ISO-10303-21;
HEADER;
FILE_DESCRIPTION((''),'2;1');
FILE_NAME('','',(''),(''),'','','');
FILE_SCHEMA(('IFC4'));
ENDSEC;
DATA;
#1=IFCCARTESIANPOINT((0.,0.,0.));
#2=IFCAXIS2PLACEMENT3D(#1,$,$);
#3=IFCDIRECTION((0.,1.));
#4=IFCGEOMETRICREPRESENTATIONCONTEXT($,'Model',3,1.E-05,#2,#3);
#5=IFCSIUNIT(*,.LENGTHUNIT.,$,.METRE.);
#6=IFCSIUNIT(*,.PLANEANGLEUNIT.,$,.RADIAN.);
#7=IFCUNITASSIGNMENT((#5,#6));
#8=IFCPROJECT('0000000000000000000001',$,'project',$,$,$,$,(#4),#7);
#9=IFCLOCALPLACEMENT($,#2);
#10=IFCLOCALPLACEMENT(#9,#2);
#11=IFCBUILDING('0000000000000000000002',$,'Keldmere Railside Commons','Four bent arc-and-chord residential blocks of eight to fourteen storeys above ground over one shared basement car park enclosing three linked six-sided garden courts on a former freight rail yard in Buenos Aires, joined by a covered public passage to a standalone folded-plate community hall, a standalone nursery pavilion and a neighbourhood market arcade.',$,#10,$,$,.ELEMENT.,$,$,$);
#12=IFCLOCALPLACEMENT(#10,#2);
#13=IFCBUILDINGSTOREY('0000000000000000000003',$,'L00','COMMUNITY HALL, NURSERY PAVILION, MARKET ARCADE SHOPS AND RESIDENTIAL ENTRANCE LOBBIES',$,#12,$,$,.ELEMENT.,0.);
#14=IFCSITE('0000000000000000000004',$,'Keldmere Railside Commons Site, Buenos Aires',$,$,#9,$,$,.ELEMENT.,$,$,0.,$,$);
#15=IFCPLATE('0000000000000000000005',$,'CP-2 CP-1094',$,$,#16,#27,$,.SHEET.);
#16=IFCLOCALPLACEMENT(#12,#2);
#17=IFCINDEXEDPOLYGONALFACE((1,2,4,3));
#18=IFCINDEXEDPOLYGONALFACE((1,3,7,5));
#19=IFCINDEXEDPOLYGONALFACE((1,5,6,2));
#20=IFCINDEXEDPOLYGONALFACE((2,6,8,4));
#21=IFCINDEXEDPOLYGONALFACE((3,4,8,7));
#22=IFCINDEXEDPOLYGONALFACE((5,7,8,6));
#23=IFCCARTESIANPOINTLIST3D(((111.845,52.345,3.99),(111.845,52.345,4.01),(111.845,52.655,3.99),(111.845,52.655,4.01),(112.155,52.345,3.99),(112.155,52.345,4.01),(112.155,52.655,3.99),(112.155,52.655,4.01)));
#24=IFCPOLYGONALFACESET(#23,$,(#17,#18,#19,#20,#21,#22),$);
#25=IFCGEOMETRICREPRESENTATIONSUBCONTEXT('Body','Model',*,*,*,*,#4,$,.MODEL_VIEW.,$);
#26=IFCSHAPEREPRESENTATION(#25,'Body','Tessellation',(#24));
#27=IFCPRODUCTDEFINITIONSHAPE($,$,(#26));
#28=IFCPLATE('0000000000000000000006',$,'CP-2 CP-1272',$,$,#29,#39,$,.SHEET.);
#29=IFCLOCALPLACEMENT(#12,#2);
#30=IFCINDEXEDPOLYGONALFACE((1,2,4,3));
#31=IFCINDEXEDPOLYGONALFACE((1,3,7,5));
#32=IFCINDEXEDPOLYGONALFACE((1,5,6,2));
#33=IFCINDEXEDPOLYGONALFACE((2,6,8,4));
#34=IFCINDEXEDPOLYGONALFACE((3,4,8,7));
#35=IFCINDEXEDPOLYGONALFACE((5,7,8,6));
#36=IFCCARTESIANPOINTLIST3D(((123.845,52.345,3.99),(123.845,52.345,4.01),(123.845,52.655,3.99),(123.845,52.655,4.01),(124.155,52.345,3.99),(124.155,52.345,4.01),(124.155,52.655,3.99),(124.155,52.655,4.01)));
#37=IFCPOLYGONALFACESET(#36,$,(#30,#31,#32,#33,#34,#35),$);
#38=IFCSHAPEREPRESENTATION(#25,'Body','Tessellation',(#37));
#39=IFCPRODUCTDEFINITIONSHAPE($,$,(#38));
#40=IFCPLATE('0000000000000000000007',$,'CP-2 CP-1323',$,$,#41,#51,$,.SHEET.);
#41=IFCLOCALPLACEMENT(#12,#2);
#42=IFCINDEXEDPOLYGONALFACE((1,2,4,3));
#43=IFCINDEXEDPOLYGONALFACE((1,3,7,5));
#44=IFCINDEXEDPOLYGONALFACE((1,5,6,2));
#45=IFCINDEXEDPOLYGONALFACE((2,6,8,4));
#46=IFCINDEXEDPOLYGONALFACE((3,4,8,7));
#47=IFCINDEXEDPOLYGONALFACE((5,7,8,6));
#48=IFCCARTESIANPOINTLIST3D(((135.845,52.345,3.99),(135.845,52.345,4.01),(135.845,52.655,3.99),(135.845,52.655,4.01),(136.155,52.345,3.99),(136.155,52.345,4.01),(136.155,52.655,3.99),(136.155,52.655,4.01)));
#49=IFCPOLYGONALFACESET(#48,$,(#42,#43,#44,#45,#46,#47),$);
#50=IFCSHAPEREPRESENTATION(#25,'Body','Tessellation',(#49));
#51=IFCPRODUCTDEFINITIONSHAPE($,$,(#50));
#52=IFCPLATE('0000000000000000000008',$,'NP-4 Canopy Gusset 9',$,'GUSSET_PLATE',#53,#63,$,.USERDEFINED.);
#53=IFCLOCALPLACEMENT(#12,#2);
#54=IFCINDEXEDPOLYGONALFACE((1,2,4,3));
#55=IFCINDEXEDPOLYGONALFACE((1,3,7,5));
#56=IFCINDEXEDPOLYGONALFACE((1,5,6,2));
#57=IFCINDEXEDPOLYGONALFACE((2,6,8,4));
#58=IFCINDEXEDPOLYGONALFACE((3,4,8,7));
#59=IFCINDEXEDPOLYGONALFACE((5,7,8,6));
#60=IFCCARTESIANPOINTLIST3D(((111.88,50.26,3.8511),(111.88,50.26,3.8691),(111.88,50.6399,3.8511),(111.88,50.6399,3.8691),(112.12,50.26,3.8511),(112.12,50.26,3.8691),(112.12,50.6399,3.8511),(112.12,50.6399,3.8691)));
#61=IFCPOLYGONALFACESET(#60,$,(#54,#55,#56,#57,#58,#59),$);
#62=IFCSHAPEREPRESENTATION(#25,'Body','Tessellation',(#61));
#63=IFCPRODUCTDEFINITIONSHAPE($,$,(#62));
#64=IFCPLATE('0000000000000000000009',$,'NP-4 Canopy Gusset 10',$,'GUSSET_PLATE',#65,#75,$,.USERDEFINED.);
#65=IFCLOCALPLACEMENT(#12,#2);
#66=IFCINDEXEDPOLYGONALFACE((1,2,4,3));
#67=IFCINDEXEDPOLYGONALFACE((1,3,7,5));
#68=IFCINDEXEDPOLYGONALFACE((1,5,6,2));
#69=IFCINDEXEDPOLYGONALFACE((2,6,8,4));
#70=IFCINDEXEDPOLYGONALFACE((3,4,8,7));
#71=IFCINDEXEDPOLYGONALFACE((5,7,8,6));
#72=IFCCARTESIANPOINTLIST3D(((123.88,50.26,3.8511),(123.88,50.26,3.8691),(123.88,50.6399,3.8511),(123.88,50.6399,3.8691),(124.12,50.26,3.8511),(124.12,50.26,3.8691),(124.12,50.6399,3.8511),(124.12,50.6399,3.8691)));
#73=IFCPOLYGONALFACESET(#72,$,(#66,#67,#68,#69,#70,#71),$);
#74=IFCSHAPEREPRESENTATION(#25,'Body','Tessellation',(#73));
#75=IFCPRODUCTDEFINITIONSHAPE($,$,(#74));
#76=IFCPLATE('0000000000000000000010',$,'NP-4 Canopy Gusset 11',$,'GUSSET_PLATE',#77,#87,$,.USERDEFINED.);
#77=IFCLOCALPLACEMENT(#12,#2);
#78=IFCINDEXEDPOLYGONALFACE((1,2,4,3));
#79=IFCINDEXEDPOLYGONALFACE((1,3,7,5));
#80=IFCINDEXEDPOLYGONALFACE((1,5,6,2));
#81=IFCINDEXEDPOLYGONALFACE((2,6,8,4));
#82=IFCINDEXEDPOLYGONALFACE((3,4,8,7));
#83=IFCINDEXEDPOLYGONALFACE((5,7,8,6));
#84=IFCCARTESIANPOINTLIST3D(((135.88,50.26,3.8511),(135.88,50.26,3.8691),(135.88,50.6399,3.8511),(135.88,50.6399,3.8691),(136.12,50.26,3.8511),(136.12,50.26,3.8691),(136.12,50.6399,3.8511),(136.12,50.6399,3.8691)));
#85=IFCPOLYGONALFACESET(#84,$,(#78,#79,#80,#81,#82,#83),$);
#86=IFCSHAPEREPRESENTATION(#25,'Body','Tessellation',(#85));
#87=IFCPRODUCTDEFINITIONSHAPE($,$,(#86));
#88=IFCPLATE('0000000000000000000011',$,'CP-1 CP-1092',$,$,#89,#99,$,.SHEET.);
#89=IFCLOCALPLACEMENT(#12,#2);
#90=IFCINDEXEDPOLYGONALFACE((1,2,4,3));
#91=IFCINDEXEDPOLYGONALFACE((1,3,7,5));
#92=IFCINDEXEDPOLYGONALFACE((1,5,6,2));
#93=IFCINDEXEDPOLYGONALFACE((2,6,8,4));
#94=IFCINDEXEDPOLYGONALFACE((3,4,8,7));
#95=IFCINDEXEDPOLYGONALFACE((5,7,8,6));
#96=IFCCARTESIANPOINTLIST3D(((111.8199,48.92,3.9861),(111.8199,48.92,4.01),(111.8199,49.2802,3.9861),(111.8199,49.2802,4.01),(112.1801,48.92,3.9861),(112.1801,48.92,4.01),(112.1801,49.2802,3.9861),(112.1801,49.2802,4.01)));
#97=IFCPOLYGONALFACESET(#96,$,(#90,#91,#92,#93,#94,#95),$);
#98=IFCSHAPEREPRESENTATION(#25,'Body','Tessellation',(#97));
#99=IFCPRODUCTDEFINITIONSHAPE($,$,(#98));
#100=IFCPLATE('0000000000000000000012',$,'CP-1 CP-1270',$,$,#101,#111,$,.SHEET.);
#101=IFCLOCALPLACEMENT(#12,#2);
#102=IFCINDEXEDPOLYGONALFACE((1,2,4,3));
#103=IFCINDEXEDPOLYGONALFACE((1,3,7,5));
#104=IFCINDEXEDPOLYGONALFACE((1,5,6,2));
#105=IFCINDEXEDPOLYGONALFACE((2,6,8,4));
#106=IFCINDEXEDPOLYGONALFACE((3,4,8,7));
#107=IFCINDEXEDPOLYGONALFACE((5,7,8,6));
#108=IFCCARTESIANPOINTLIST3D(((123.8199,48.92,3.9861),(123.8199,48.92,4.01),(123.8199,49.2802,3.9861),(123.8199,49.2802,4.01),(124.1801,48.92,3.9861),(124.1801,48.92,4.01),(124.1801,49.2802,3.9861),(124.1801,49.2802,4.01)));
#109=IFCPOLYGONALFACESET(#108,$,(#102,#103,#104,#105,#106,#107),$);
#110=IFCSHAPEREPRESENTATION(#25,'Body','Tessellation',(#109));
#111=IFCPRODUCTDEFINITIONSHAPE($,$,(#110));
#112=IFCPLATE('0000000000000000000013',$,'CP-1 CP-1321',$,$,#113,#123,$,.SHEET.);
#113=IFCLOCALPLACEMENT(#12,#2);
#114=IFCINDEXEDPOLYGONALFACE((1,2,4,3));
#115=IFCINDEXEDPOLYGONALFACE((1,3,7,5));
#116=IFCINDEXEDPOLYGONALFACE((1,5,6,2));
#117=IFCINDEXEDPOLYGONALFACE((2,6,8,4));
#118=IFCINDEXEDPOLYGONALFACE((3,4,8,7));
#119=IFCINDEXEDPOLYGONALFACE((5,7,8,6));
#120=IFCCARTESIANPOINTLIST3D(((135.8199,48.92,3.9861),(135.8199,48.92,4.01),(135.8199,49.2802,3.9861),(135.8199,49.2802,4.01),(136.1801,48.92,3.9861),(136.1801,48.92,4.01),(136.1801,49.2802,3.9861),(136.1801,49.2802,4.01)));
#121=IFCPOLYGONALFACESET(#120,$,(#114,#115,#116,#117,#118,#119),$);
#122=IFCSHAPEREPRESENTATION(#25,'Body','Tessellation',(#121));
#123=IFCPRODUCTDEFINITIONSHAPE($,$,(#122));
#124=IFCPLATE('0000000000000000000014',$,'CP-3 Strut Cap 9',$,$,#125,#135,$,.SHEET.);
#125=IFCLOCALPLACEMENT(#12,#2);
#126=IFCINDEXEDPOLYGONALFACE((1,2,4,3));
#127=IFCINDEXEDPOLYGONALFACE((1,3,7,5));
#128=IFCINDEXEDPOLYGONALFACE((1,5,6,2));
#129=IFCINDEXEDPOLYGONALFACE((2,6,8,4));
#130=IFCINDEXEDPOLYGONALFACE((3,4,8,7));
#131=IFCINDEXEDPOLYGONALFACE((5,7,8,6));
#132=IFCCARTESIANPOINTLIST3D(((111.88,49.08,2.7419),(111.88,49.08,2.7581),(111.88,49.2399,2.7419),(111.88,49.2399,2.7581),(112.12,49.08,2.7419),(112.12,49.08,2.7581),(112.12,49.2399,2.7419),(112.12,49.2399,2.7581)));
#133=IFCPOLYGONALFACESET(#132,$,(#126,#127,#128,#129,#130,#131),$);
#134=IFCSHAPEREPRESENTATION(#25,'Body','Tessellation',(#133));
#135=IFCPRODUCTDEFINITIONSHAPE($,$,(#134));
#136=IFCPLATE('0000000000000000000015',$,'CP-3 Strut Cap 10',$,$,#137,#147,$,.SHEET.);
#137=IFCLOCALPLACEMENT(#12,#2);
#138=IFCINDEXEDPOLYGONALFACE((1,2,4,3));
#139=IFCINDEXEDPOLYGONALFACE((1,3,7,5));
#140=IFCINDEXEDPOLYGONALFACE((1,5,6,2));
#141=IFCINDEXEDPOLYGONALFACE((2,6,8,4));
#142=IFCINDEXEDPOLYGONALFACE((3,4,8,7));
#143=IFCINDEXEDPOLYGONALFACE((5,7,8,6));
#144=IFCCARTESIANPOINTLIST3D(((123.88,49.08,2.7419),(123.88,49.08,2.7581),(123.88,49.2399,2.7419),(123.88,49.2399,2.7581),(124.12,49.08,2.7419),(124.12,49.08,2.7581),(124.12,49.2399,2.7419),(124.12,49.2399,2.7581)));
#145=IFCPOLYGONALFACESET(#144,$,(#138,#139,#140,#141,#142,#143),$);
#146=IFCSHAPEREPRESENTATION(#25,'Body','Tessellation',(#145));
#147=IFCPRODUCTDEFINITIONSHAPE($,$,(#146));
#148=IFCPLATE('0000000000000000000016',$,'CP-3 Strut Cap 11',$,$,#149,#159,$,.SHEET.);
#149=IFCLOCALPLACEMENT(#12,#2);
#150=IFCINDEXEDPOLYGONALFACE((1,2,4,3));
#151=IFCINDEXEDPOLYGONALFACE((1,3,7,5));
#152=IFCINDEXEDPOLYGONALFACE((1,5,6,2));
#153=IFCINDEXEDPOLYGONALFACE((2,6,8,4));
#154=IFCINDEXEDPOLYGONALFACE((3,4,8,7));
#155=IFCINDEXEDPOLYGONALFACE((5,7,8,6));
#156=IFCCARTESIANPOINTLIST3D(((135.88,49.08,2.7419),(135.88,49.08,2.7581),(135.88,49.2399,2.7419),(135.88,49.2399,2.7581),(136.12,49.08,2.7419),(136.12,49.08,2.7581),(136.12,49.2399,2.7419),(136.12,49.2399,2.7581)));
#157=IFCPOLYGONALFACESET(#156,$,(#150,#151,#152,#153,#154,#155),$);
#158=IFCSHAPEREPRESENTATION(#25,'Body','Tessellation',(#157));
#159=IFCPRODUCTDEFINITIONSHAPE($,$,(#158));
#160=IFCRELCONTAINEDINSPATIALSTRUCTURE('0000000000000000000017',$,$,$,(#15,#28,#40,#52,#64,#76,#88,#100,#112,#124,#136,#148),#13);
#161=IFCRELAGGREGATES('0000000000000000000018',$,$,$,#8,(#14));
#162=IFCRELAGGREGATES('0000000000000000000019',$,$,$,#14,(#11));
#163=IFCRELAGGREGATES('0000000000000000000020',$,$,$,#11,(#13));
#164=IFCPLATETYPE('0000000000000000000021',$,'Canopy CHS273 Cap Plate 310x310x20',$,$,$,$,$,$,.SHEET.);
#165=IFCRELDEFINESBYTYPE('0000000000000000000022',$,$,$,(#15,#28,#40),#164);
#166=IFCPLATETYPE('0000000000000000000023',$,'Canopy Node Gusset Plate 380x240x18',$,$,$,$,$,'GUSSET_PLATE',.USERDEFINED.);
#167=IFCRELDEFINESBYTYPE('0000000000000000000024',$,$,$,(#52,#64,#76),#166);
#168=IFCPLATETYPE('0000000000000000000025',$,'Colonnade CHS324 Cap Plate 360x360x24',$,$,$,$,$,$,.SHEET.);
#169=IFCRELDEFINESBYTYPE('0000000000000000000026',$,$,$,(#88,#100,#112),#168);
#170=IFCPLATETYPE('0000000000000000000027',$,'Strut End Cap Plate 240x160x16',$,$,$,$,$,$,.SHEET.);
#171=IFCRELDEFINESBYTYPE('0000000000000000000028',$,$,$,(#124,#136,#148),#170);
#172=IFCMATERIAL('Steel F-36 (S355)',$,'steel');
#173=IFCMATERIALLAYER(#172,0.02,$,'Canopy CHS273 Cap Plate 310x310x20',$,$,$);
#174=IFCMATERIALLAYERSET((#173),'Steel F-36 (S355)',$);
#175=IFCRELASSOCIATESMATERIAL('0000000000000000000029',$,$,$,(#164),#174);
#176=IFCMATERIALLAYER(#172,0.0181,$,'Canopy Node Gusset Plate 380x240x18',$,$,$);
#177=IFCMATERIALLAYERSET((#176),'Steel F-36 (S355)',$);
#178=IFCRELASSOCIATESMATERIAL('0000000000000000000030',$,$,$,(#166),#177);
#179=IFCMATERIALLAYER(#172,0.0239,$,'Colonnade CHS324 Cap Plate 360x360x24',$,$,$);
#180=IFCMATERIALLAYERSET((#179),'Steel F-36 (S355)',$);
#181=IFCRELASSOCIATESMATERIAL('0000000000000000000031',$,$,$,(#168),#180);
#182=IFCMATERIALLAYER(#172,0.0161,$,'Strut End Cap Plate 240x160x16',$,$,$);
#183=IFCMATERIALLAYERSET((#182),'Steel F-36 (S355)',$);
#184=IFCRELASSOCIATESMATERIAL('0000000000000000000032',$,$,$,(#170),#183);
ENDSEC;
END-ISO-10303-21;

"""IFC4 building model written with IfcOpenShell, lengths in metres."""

from ifc_helpers import new_model, si_unit, direction, frame, origin, origin_2d, place, context, subcontext, project, spatial, rectangle, extrude, material, layer, layer_set, type_object, element, save


model = new_model("IFC4")

# Units and contexts
model_context = context("Model", 3, precision=1e-05, world=origin(), true_north=direction((0.0, 1.0)))
body_context = subcontext(model_context, "Body", "Model", "MODEL_VIEW")
ifc_project = project(units=[si_unit("LENGTHUNIT", "METRE"), si_unit("PLANEANGLEUNIT", "RADIAN")], contexts=[model_context])

# Site, building, storey
site_placement = place(None, origin())
site = spatial("IfcSite", under=ifc_project, at=site_placement, Name="Keldmere Railside Commons Site, Buenos Aires", CompositionType="ELEMENT", RefElevation=0.0)
building_placement = place(site_placement, origin())
building = spatial("IfcBuilding", under=site, at=building_placement, Name="Keldmere Railside Commons", Description="Four bent arc-and-chord residential blocks of eight to fourteen storeys above ground over one shared basement car park enclosing three linked six-sided garden courts on a former freight rail yard in Buenos Aires, joined by a covered public passage to a standalone folded-plate community hall, a standalone nursery pavilion and a neighbourhood market arcade.", CompositionType="ELEMENT")
storey_placement = place(building_placement, origin())
storey = spatial("IfcBuildingStorey", under=building, at=storey_placement, Name="L00", Description="COMMUNITY HALL, NURSERY PAVILION, MARKET ARCADE SHOPS AND RESIDENTIAL ENTRANCE LOBBIES", CompositionType="ELEMENT", Elevation=0.0)

# Shared definitions
ifc_material = material(Name="Steel F-36 (S355)", Category="steel")

# Plates
ifc_layer_1 = layer(ifc_material, 0.02, Name="Canopy CHS273 Cap Plate 310x310x20")
ifc_layer_set_1 = layer_set([ifc_layer_1], Name="Steel F-36 (S355)")
plate_type_1 = type_object("IfcPlateType", Name="Canopy CHS273 Cap Plate 310x310x20", PredefinedType="SHEET", material=ifc_layer_set_1)
for number, where, z_axis, x_axis, name in (
    (1, (112.0, 52.5, 3.99), (0.0, 0.0, 1.0), (1.0, 0.0, 0.0), "CP-2 CP-1094"),
    (2, (124.0, 52.5, 3.99), (0.0, 0.0, 1.0), (1.0, 0.0, 0.0), "CP-2 CP-1272"),
    (3, (136.0, 52.5, 3.99), (0.0, 0.0, 1.0), (1.0, 0.0, 0.0), "CP-2 CP-1323"),
):
    element("IfcPlate", number, at=place(storey_placement, frame(where, z_axis=z_axis, x_axis=x_axis)), inside=storey, type_object=plate_type_1, Name=name, PredefinedType="SHEET", context=body_context, shape_type="SweptSolid", body=[
        extrude(rectangle(XDim=0.3101, YDim=0.3101, at=origin_2d()), origin(), (0.0, 0.0, 1.0), 0.02),
    ])
ifc_layer_2 = layer(ifc_material, 0.0181, Name="Canopy Node Gusset Plate 380x240x18")
ifc_layer_set_2 = layer_set([ifc_layer_2], Name="Steel F-36 (S355)")
plate_type_2 = type_object("IfcPlateType", Name="Canopy Node Gusset Plate 380x240x18", ElementType="GUSSET_PLATE", PredefinedType="USERDEFINED", material=ifc_layer_set_2)
for number, where, z_axis, x_axis, name in (
    (4, (112.0, 50.45, 3.8511), (0.0, 0.0, 1.0), (0.0, 1.0, 0.0), "NP-4 Canopy Gusset 9"),
    (5, (124.0, 50.45, 3.8511), (0.0, 0.0, 1.0), (0.0, 1.0, 0.0), "NP-4 Canopy Gusset 10"),
    (6, (136.0, 50.45, 3.8511), (0.0, 0.0, 1.0), (0.0, 1.0, 0.0), "NP-4 Canopy Gusset 11"),
):
    element("IfcPlate", number, at=place(storey_placement, frame(where, z_axis=z_axis, x_axis=x_axis)), inside=storey, type_object=plate_type_2, Name=name, ObjectType="GUSSET_PLATE", PredefinedType="USERDEFINED", context=body_context, shape_type="SweptSolid", body=[
        extrude(rectangle(XDim=0.3799, YDim=0.24, at=origin_2d()), origin(), (0.0, 0.0, 1.0), 0.0181),
    ])
ifc_layer_3 = layer(ifc_material, 0.0239, Name="Colonnade CHS324 Cap Plate 360x360x24")
ifc_layer_set_3 = layer_set([ifc_layer_3], Name="Steel F-36 (S355)")
plate_type_3 = type_object("IfcPlateType", Name="Colonnade CHS324 Cap Plate 360x360x24", PredefinedType="SHEET", material=ifc_layer_set_3)
for number, where, z_axis, x_axis, name in (
    (7, (112.0, 49.1001, 3.9861), (0.0, 0.0, 1.0), (1.0, 0.0, 0.0), "CP-1 CP-1092"),
    (8, (124.0, 49.1001, 3.9861), (0.0, 0.0, 1.0), (1.0, 0.0, 0.0), "CP-1 CP-1270"),
    (9, (136.0, 49.1001, 3.9861), (0.0, 0.0, 1.0), (1.0, 0.0, 0.0), "CP-1 CP-1321"),
):
    element("IfcPlate", number, at=place(storey_placement, frame(where, z_axis=z_axis, x_axis=x_axis)), inside=storey, type_object=plate_type_3, Name=name, PredefinedType="SHEET", context=body_context, shape_type="SweptSolid", body=[
        extrude(rectangle(XDim=0.3601, YDim=0.3601, at=origin_2d()), origin(), (0.0, 0.0, 1.0), 0.0239),
    ])
ifc_layer_4 = layer(ifc_material, 0.0161, Name="Strut End Cap Plate 240x160x16")
ifc_layer_set_4 = layer_set([ifc_layer_4], Name="Steel F-36 (S355)")
plate_type_4 = type_object("IfcPlateType", Name="Strut End Cap Plate 240x160x16", PredefinedType="SHEET", material=ifc_layer_set_4)
for number, where, z_axis, x_axis, name in (
    (10, (112.0, 49.1599, 2.7419), (0.0, 0.0, 1.0), (1.0, 0.0, 0.0), "CP-3 Strut Cap 9"),
    (11, (124.0, 49.1599, 2.7419), (0.0, 0.0, 1.0), (1.0, 0.0, 0.0), "CP-3 Strut Cap 10"),
    (12, (136.0, 49.1599, 2.7419), (0.0, 0.0, 1.0), (1.0, 0.0, 0.0), "CP-3 Strut Cap 11"),
):
    element("IfcPlate", number, at=place(storey_placement, frame(where, z_axis=z_axis, x_axis=x_axis)), inside=storey, type_object=plate_type_4, Name=name, PredefinedType="SHEET", context=body_context, shape_type="SweptSolid", body=[
        extrude(rectangle(XDim=0.24, YDim=0.1599, at=origin_2d()), origin(), (0.0, 0.0, 1.0), 0.0161),
    ])

save(model, "model.ifc")
